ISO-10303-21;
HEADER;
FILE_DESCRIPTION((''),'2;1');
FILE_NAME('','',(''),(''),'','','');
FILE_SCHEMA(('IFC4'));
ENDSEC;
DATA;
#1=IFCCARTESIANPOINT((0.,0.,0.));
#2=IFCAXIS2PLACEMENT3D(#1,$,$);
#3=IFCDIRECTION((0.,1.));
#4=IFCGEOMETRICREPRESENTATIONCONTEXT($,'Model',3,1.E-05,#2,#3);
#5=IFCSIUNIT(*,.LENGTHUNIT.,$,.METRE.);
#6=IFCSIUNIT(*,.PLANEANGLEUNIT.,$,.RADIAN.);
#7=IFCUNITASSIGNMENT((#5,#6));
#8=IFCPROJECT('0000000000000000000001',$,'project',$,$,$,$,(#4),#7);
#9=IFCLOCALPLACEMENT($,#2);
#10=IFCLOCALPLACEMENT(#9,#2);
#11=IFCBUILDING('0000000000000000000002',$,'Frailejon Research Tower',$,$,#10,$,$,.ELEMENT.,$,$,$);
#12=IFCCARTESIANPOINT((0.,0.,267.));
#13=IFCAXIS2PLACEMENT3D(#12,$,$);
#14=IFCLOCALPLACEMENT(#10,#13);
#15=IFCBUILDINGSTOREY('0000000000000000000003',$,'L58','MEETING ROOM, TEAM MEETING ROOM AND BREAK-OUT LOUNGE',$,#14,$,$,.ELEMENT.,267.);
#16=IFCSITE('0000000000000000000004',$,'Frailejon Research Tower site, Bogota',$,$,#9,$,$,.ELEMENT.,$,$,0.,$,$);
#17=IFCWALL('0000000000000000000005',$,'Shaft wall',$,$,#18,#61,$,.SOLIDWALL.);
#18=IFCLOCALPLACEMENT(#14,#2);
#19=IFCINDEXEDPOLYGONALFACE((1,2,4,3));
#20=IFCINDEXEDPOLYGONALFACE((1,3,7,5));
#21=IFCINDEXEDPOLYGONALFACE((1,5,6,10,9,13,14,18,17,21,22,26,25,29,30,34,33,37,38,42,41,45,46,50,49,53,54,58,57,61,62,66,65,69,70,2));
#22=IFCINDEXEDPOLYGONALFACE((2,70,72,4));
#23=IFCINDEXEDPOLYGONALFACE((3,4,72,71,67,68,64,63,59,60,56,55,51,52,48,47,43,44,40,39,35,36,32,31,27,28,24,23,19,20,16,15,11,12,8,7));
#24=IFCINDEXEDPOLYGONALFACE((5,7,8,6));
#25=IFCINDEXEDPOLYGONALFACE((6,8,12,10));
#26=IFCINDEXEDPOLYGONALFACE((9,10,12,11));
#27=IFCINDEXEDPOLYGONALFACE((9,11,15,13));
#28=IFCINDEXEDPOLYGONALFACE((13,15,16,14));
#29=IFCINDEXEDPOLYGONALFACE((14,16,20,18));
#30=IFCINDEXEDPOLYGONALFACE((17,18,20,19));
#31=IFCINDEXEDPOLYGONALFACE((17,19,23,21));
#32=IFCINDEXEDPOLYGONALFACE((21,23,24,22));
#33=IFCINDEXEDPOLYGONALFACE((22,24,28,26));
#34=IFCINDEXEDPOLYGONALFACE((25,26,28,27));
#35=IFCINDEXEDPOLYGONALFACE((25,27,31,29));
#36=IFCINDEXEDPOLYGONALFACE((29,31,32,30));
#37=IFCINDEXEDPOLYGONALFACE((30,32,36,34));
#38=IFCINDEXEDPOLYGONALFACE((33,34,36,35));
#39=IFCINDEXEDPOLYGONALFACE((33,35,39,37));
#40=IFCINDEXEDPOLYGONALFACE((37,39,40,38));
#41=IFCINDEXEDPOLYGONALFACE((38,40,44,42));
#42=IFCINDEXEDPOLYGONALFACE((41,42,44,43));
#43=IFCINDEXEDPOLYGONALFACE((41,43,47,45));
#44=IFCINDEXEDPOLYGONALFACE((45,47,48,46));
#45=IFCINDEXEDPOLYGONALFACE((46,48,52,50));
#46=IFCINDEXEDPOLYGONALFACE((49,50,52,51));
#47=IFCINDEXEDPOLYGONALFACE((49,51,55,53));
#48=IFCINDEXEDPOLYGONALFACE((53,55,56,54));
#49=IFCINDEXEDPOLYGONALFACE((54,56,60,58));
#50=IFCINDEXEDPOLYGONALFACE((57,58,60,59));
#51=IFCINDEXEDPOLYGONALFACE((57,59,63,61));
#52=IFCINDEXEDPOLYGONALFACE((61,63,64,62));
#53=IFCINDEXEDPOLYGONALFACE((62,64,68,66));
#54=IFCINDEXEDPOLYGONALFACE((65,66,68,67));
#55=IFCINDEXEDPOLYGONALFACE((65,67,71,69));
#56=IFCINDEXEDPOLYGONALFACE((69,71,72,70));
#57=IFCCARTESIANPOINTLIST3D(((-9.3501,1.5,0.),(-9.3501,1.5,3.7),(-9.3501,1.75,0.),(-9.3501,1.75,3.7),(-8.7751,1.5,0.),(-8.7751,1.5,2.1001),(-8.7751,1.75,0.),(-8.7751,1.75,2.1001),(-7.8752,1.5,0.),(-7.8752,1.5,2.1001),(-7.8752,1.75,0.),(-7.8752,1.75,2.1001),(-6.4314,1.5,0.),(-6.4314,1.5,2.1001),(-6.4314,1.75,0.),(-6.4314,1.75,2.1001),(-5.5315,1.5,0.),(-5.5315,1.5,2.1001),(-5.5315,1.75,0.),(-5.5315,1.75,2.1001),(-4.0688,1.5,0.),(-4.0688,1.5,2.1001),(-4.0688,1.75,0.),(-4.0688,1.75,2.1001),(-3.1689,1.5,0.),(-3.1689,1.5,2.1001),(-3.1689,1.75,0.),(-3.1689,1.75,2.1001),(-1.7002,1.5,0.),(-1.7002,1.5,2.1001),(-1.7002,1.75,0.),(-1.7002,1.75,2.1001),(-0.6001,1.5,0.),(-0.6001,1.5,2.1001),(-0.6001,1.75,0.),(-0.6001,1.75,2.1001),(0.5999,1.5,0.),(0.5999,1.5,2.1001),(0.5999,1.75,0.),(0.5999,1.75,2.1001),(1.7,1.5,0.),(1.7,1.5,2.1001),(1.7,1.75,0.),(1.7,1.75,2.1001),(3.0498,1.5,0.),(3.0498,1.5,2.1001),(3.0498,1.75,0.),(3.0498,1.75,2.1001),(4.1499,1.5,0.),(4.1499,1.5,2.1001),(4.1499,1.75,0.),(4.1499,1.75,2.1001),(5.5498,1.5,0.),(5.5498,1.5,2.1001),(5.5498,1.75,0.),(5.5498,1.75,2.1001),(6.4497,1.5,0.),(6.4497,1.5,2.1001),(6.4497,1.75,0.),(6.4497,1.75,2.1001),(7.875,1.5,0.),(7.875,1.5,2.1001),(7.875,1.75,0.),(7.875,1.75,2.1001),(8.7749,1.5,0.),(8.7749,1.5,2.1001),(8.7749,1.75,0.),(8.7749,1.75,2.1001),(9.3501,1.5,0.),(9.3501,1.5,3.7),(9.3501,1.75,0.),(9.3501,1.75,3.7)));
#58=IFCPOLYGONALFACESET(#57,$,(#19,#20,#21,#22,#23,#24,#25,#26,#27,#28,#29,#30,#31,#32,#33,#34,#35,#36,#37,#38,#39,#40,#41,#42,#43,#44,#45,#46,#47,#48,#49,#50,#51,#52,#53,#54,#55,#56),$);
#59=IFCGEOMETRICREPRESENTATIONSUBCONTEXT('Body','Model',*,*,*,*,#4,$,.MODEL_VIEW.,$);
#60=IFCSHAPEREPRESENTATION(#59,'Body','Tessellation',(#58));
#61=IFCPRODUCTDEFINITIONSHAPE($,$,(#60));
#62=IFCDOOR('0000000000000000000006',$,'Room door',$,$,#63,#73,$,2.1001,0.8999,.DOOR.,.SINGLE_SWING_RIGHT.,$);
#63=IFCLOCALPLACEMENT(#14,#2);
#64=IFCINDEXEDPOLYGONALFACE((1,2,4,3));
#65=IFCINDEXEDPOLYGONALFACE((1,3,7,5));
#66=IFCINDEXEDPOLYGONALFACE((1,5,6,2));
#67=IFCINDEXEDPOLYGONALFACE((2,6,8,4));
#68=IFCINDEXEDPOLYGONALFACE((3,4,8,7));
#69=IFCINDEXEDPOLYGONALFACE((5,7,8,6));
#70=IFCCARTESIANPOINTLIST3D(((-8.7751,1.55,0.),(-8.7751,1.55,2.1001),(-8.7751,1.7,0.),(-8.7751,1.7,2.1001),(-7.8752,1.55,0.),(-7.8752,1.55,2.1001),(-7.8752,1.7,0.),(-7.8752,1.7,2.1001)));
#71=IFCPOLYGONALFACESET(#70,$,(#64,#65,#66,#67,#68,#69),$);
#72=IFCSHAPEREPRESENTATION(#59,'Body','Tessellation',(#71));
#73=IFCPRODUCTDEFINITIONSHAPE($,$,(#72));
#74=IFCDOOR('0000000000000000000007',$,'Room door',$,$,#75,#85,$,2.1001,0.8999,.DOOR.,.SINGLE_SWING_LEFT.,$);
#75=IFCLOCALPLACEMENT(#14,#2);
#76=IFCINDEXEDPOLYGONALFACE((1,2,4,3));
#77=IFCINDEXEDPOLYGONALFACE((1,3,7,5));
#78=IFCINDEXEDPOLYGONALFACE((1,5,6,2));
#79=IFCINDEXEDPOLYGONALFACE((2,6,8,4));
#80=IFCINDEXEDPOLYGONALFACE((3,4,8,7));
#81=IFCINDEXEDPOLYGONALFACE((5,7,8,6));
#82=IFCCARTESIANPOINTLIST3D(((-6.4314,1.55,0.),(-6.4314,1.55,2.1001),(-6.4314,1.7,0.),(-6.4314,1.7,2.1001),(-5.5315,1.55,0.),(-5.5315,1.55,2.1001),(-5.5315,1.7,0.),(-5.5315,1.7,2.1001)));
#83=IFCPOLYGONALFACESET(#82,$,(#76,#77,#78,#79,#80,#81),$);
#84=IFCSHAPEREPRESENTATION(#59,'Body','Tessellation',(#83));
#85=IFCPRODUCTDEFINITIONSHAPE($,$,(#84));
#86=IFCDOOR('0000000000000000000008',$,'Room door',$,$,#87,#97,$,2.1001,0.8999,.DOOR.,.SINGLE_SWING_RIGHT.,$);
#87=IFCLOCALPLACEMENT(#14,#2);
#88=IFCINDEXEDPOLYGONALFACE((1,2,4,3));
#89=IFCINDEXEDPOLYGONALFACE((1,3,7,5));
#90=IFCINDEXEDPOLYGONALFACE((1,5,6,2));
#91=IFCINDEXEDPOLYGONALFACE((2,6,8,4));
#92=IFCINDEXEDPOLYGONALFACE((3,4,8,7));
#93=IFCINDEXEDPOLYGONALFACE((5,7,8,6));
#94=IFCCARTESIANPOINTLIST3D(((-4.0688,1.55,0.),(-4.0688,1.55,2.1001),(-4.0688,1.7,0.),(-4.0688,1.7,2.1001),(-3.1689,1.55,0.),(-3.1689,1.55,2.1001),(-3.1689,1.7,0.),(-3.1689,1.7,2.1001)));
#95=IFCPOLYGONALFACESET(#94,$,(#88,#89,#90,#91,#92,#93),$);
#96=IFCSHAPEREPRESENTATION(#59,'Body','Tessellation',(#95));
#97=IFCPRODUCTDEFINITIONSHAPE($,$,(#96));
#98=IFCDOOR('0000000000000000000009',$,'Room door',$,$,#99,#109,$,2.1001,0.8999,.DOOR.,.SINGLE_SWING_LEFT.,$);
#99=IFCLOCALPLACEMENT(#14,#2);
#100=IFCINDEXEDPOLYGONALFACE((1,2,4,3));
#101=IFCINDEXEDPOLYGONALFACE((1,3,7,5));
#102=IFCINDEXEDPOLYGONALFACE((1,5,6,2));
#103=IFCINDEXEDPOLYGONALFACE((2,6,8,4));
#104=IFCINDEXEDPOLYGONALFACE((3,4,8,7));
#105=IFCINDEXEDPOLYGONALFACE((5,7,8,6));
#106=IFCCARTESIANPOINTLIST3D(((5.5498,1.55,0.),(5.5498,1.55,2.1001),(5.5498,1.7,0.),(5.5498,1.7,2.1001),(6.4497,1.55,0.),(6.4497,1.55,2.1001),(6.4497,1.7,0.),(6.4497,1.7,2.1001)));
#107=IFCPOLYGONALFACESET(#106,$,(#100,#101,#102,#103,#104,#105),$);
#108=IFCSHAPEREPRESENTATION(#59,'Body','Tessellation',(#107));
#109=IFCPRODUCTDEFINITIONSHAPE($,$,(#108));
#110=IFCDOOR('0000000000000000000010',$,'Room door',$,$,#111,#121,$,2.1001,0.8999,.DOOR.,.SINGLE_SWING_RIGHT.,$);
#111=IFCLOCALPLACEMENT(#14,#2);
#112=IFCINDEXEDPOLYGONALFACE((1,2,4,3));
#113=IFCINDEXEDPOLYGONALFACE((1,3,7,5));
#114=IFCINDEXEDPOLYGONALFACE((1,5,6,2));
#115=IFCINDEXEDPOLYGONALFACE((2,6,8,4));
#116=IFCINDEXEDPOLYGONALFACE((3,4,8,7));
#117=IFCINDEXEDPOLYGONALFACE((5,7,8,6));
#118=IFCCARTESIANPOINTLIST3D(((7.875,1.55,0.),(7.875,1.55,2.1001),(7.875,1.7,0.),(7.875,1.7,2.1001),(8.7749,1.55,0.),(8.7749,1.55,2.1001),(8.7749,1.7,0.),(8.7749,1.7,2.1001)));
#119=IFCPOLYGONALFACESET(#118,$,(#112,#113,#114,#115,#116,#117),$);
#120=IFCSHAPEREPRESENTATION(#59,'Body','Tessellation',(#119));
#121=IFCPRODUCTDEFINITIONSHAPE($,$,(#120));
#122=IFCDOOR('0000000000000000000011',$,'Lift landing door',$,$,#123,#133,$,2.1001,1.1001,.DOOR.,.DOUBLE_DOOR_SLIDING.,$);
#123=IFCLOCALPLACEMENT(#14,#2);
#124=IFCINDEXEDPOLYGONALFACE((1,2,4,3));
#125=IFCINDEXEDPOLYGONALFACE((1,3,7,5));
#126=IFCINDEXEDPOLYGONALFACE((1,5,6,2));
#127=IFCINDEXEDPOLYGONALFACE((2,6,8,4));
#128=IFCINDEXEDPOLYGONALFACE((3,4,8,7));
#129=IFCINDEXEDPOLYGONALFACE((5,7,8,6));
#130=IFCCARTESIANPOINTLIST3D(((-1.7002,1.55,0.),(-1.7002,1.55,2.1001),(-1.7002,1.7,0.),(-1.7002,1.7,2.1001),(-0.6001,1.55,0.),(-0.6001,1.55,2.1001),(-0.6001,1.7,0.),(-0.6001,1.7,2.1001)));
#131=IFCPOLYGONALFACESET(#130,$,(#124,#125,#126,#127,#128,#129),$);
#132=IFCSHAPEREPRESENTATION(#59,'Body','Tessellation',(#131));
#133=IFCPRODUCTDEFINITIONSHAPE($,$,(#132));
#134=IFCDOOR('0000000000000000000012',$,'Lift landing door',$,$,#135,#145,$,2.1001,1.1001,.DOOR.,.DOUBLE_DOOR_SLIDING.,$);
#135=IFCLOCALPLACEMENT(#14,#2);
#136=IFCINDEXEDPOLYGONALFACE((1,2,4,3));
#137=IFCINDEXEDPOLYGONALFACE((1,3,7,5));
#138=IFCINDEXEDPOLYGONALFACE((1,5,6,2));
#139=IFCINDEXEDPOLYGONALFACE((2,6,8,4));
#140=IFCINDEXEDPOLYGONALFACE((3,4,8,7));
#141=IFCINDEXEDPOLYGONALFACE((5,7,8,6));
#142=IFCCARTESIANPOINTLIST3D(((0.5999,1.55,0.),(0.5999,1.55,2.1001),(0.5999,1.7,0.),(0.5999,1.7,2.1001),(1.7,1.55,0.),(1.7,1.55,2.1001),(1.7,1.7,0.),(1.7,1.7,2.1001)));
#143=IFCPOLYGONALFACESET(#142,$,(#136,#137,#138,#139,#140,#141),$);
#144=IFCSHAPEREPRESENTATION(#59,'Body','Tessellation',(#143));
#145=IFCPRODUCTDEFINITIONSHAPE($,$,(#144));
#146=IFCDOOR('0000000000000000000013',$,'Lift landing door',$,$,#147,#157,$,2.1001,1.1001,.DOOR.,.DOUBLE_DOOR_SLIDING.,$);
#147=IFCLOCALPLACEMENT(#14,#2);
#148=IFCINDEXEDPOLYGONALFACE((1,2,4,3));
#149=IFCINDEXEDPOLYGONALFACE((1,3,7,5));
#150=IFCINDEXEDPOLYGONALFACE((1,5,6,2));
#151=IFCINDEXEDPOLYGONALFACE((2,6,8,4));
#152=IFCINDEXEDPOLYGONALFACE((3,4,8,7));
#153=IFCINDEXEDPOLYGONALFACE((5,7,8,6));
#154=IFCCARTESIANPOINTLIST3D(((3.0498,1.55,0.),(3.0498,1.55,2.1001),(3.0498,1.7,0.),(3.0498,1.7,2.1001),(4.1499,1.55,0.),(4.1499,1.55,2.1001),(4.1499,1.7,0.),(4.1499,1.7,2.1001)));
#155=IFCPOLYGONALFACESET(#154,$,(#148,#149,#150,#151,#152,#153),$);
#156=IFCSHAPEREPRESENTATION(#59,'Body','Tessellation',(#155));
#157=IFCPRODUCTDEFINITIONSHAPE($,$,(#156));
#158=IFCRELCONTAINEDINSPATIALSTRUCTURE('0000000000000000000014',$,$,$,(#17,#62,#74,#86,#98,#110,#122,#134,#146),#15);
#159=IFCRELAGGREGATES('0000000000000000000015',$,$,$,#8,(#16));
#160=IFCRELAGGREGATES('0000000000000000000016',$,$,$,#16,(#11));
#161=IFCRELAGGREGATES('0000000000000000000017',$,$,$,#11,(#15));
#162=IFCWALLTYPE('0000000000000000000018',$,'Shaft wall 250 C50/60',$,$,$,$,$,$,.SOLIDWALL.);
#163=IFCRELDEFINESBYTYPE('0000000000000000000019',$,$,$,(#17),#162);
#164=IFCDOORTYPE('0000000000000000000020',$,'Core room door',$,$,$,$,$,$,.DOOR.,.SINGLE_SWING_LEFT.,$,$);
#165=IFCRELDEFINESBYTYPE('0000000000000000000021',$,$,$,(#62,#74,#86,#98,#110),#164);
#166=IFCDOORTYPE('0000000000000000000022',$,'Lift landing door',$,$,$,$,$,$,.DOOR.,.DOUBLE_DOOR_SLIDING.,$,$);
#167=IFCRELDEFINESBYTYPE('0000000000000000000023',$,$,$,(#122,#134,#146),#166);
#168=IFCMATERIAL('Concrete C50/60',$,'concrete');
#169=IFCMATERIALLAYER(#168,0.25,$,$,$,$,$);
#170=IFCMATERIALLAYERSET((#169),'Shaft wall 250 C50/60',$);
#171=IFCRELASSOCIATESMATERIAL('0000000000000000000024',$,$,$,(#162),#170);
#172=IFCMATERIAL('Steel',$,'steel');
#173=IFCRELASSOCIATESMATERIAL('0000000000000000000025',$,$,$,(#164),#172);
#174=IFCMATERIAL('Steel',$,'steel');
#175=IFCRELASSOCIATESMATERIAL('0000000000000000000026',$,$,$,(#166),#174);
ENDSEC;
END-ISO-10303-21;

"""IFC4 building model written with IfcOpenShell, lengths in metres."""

from ifc_helpers import new_model, si_unit, direction, frame, frame_2d, origin, place, context, subcontext, project, spatial, rectangle, extrude, material, layer, layer_set, type_object, element, fill, save


model = new_model("IFC4")

# Units and contexts
model_context = context("Model", 3, precision=1e-05, world=origin(), true_north=direction((0.0, 1.0)))
body_context = subcontext(model_context, "Body", "Model", "MODEL_VIEW")
ifc_project = project(units=[si_unit("LENGTHUNIT", "METRE"), si_unit("PLANEANGLEUNIT", "RADIAN")], contexts=[model_context])

# Site, building, storey
site_placement = place(None, origin())
site = spatial("IfcSite", under=ifc_project, at=site_placement, Name="Frailejon Research Tower site, Bogota", CompositionType="ELEMENT", RefElevation=0.0)
building_placement = place(site_placement, origin())
building = spatial("IfcBuilding", under=site, at=building_placement, Name="Frailejon Research Tower", CompositionType="ELEMENT")
storey_placement = place(building_placement, frame((0.0, 0.0, 267.0)))
storey = spatial("IfcBuildingStorey", under=building, at=storey_placement, Name="L58", Description="MEETING ROOM, TEAM MEETING ROOM AND BREAK-OUT LOUNGE", CompositionType="ELEMENT", Elevation=267.0)

# Wall, openings, doors
ifc_material_1 = material(Name="Concrete C50/60", Category="concrete")
ifc_layer_1 = layer(ifc_material_1, 0.25)
ifc_layer_set_1 = layer_set([ifc_layer_1], Name="Shaft wall 250 C50/60")
wall_type_1 = type_object("IfcWallType", Name="Shaft wall 250 C50/60", PredefinedType="SOLIDWALL", material=ifc_layer_set_1)
wall_1_placement = place(storey_placement, frame((-9.3501, 1.625, 0.0), z_axis=(0.0, 0.0, 1.0), x_axis=(1.0, 0.0, 0.0)))
wall_1 = element("IfcWall", 1, at=wall_1_placement, inside=storey, type_object=wall_type_1, Name="Shaft wall", PredefinedType="SOLIDWALL", context=body_context, shape_type="SweptSolid", body=[
    extrude(rectangle(XDim=18.7002, YDim=0.25, at=frame_2d((9.3501, 0.0))), origin(), (0.0, 0.0, 1.0), 3.7),
])
opening_1_placement = place(wall_1_placement, frame((7.6499, 0.0, 0.0)))
opening_1 = element("IfcOpeningElement", 2, at=opening_1_placement, cuts=wall_1, PredefinedType="OPENING", context=body_context, shape_type="SweptSolid", body=[
    extrude(rectangle(XDim=1.1001, YDim=2.1001, at=frame_2d((0.55, 1.05))), frame((0.0, 0.135, 0.0), z_axis=(0.0, -1.0, 0.0), x_axis=(1.0, 0.0, 0.0)), (0.0, 0.0, 1.0), 0.27),
])
opening_2_placement = place(wall_1_placement, frame((9.95, 0.0, 0.0)))
opening_2 = element("IfcOpeningElement", 3, at=opening_2_placement, cuts=wall_1, PredefinedType="OPENING", context=body_context, shape_type="SweptSolid", body=[
    extrude(rectangle(XDim=1.1001, YDim=2.1001, at=frame_2d((0.55, 1.05))), frame((0.0, 0.135, 0.0), z_axis=(0.0, -1.0, 0.0), x_axis=(1.0, 0.0, 0.0)), (0.0, 0.0, 1.0), 0.27),
])
opening_3_placement = place(wall_1_placement, frame((12.3999, 0.0, 0.0)))
opening_3 = element("IfcOpeningElement", 4, at=opening_3_placement, cuts=wall_1, PredefinedType="OPENING", context=body_context, shape_type="SweptSolid", body=[
    extrude(rectangle(XDim=1.1001, YDim=2.1001, at=frame_2d((0.55, 1.05))), frame((0.0, 0.135, 0.0), z_axis=(0.0, -1.0, 0.0), x_axis=(1.0, 0.0, 0.0)), (0.0, 0.0, 1.0), 0.27),
])
opening_4_placement = place(wall_1_placement, frame((0.575, 0.0, 0.0)))
opening_4 = element("IfcOpeningElement", 5, at=opening_4_placement, cuts=wall_1, PredefinedType="OPENING", context=body_context, shape_type="SweptSolid", body=[
    extrude(rectangle(XDim=0.8999, YDim=2.1001, at=frame_2d((0.45, 1.05))), frame((0.0, 0.135, 0.0), z_axis=(0.0, -1.0, 0.0), x_axis=(1.0, 0.0, 0.0)), (0.0, 0.0, 1.0), 0.27),
])
opening_5_placement = place(wall_1_placement, frame((2.9187, 0.0, 0.0)))
opening_5 = element("IfcOpeningElement", 6, at=opening_5_placement, cuts=wall_1, PredefinedType="OPENING", context=body_context, shape_type="SweptSolid", body=[
    extrude(rectangle(XDim=0.8999, YDim=2.1001, at=frame_2d((0.45, 1.05))), frame((0.0, 0.135, 0.0), z_axis=(0.0, -1.0, 0.0), x_axis=(1.0, 0.0, 0.0)), (0.0, 0.0, 1.0), 0.27),
])
opening_6_placement = place(wall_1_placement, frame((5.2812, 0.0, 0.0)))
opening_6 = element("IfcOpeningElement", 7, at=opening_6_placement, cuts=wall_1, PredefinedType="OPENING", context=body_context, shape_type="SweptSolid", body=[
    extrude(rectangle(XDim=0.8999, YDim=2.1001, at=frame_2d((0.45, 1.05))), frame((0.0, 0.135, 0.0), z_axis=(0.0, -1.0, 0.0), x_axis=(1.0, 0.0, 0.0)), (0.0, 0.0, 1.0), 0.27),
])
opening_7_placement = place(wall_1_placement, frame((14.8999, 0.0, 0.0)))
opening_7 = element("IfcOpeningElement", 8, at=opening_7_placement, cuts=wall_1, PredefinedType="OPENING", context=body_context, shape_type="SweptSolid", body=[
    extrude(rectangle(XDim=0.8999, YDim=2.1001, at=frame_2d((0.45, 1.05))), frame((0.0, 0.135, 0.0), z_axis=(0.0, -1.0, 0.0), x_axis=(1.0, 0.0, 0.0)), (0.0, 0.0, 1.0), 0.27),
])
opening_8_placement = place(wall_1_placement, frame((17.2251, 0.0, 0.0)))
opening_8 = element("IfcOpeningElement", 9, at=opening_8_placement, cuts=wall_1, PredefinedType="OPENING", context=body_context, shape_type="SweptSolid", body=[
    extrude(rectangle(XDim=0.8999, YDim=2.1001, at=frame_2d((0.45, 1.05))), frame((0.0, 0.135, 0.0), z_axis=(0.0, -1.0, 0.0), x_axis=(1.0, 0.0, 0.0)), (0.0, 0.0, 1.0), 0.27),
])
ifc_material_2 = material(Name="Steel", Category="steel")
door_type_1 = type_object("IfcDoorType", Name="Core room door", OperationType="SINGLE_SWING_LEFT", PredefinedType="DOOR", material=ifc_material_2)
door_1_placement = place(opening_4_placement, origin())
door_1 = element("IfcDoor", 10, at=door_1_placement, inside=storey, type_object=door_type_1, Name="Room door", OperationType="SINGLE_SWING_RIGHT", OverallHeight=2.1001, OverallWidth=0.8999, PredefinedType="DOOR", context=body_context, shape_type="SweptSolid", body=[
    extrude(rectangle(XDim=0.8999, YDim=2.1001, at=frame_2d((0.45, 1.05))), frame((0.0, 0.075, 0.0), z_axis=(0.0, -1.0, 0.0), x_axis=(1.0, 0.0, 0.0)), (0.0, 0.0, 1.0), 0.1499),
])
fill(opening_4, door_1)
door_2_placement = place(opening_5_placement, origin())
door_2 = element("IfcDoor", 11, at=door_2_placement, inside=storey, type_object=door_type_1, Name="Room door", OperationType="SINGLE_SWING_LEFT", OverallHeight=2.1001, OverallWidth=0.8999, PredefinedType="DOOR", context=body_context, shape_type="SweptSolid", body=[
    extrude(rectangle(XDim=0.8999, YDim=2.1001, at=frame_2d((0.45, 1.05))), frame((0.0, 0.075, 0.0), z_axis=(0.0, -1.0, 0.0), x_axis=(1.0, 0.0, 0.0)), (0.0, 0.0, 1.0), 0.1499),
])
fill(opening_5, door_2)
door_3_placement = place(opening_6_placement, origin())
door_3 = element("IfcDoor", 12, at=door_3_placement, inside=storey, type_object=door_type_1, Name="Room door", OperationType="SINGLE_SWING_RIGHT", OverallHeight=2.1001, OverallWidth=0.8999, PredefinedType="DOOR", context=body_context, shape_type="SweptSolid", body=[
    extrude(rectangle(XDim=0.8999, YDim=2.1001, at=frame_2d((0.45, 1.05))), frame((0.0, 0.075, 0.0), z_axis=(0.0, -1.0, 0.0), x_axis=(1.0, 0.0, 0.0)), (0.0, 0.0, 1.0), 0.1499),
])
fill(opening_6, door_3)
door_4_placement = place(opening_7_placement, origin())
door_4 = element("IfcDoor", 13, at=door_4_placement, inside=storey, type_object=door_type_1, Name="Room door", OperationType="SINGLE_SWING_LEFT", OverallHeight=2.1001, OverallWidth=0.8999, PredefinedType="DOOR", context=body_context, shape_type="SweptSolid", body=[
    extrude(rectangle(XDim=0.8999, YDim=2.1001, at=frame_2d((0.45, 1.05))), frame((0.0, 0.075, 0.0), z_axis=(0.0, -1.0, 0.0), x_axis=(1.0, 0.0, 0.0)), (0.0, 0.0, 1.0), 0.1499),
])
fill(opening_7, door_4)
door_5_placement = place(opening_8_placement, origin())
door_5 = element("IfcDoor", 14, at=door_5_placement, inside=storey, type_object=door_type_1, Name="Room door", OperationType="SINGLE_SWING_RIGHT", OverallHeight=2.1001, OverallWidth=0.8999, PredefinedType="DOOR", context=body_context, shape_type="SweptSolid", body=[
    extrude(rectangle(XDim=0.8999, YDim=2.1001, at=frame_2d((0.45, 1.05))), frame((0.0, 0.075, 0.0), z_axis=(0.0, -1.0, 0.0), x_axis=(1.0, 0.0, 0.0)), (0.0, 0.0, 1.0), 0.1499),
])
fill(opening_8, door_5)
ifc_material_3 = material(Name="Steel", Category="steel")
door_type_2 = type_object("IfcDoorType", Name="Lift landing door", OperationType="DOUBLE_DOOR_SLIDING", PredefinedType="DOOR", material=ifc_material_3)
door_6_placement = place(opening_1_placement, origin())
door_6 = element("IfcDoor", 15, at=door_6_placement, inside=storey, type_object=door_type_2, Name="Lift landing door", OperationType="DOUBLE_DOOR_SLIDING", OverallHeight=2.1001, OverallWidth=1.1001, PredefinedType="DOOR", context=body_context, shape_type="SweptSolid", body=[
    extrude(rectangle(XDim=1.1001, YDim=2.1001, at=frame_2d((0.55, 1.05))), frame((0.0, 0.075, 0.0), z_axis=(0.0, -1.0, 0.0), x_axis=(1.0, 0.0, 0.0)), (0.0, 0.0, 1.0), 0.1499),
])
fill(opening_1, door_6)
door_7_placement = place(opening_2_placement, origin())
door_7 = element("IfcDoor", 16, at=door_7_placement, inside=storey, type_object=door_type_2, Name="Lift landing door", OperationType="DOUBLE_DOOR_SLIDING", OverallHeight=2.1001, OverallWidth=1.1001, PredefinedType="DOOR", context=body_context, shape_type="SweptSolid", body=[
    extrude(rectangle(XDim=1.1001, YDim=2.1001, at=frame_2d((0.55, 1.05))), frame((0.0, 0.075, 0.0), z_axis=(0.0, -1.0, 0.0), x_axis=(1.0, 0.0, 0.0)), (0.0, 0.0, 1.0), 0.1499),
])
fill(opening_2, door_7)
door_8_placement = place(opening_3_placement, origin())
door_8 = element("IfcDoor", 17, at=door_8_placement, inside=storey, type_object=door_type_2, Name="Lift landing door", OperationType="DOUBLE_DOOR_SLIDING", OverallHeight=2.1001, OverallWidth=1.1001, PredefinedType="DOOR", context=body_context, shape_type="SweptSolid", body=[
    extrude(rectangle(XDim=1.1001, YDim=2.1001, at=frame_2d((0.55, 1.05))), frame((0.0, 0.075, 0.0), z_axis=(0.0, -1.0, 0.0), x_axis=(1.0, 0.0, 0.0)), (0.0, 0.0, 1.0), 0.1499),
])
fill(opening_3, door_8)

save(model, "model.ifc")
